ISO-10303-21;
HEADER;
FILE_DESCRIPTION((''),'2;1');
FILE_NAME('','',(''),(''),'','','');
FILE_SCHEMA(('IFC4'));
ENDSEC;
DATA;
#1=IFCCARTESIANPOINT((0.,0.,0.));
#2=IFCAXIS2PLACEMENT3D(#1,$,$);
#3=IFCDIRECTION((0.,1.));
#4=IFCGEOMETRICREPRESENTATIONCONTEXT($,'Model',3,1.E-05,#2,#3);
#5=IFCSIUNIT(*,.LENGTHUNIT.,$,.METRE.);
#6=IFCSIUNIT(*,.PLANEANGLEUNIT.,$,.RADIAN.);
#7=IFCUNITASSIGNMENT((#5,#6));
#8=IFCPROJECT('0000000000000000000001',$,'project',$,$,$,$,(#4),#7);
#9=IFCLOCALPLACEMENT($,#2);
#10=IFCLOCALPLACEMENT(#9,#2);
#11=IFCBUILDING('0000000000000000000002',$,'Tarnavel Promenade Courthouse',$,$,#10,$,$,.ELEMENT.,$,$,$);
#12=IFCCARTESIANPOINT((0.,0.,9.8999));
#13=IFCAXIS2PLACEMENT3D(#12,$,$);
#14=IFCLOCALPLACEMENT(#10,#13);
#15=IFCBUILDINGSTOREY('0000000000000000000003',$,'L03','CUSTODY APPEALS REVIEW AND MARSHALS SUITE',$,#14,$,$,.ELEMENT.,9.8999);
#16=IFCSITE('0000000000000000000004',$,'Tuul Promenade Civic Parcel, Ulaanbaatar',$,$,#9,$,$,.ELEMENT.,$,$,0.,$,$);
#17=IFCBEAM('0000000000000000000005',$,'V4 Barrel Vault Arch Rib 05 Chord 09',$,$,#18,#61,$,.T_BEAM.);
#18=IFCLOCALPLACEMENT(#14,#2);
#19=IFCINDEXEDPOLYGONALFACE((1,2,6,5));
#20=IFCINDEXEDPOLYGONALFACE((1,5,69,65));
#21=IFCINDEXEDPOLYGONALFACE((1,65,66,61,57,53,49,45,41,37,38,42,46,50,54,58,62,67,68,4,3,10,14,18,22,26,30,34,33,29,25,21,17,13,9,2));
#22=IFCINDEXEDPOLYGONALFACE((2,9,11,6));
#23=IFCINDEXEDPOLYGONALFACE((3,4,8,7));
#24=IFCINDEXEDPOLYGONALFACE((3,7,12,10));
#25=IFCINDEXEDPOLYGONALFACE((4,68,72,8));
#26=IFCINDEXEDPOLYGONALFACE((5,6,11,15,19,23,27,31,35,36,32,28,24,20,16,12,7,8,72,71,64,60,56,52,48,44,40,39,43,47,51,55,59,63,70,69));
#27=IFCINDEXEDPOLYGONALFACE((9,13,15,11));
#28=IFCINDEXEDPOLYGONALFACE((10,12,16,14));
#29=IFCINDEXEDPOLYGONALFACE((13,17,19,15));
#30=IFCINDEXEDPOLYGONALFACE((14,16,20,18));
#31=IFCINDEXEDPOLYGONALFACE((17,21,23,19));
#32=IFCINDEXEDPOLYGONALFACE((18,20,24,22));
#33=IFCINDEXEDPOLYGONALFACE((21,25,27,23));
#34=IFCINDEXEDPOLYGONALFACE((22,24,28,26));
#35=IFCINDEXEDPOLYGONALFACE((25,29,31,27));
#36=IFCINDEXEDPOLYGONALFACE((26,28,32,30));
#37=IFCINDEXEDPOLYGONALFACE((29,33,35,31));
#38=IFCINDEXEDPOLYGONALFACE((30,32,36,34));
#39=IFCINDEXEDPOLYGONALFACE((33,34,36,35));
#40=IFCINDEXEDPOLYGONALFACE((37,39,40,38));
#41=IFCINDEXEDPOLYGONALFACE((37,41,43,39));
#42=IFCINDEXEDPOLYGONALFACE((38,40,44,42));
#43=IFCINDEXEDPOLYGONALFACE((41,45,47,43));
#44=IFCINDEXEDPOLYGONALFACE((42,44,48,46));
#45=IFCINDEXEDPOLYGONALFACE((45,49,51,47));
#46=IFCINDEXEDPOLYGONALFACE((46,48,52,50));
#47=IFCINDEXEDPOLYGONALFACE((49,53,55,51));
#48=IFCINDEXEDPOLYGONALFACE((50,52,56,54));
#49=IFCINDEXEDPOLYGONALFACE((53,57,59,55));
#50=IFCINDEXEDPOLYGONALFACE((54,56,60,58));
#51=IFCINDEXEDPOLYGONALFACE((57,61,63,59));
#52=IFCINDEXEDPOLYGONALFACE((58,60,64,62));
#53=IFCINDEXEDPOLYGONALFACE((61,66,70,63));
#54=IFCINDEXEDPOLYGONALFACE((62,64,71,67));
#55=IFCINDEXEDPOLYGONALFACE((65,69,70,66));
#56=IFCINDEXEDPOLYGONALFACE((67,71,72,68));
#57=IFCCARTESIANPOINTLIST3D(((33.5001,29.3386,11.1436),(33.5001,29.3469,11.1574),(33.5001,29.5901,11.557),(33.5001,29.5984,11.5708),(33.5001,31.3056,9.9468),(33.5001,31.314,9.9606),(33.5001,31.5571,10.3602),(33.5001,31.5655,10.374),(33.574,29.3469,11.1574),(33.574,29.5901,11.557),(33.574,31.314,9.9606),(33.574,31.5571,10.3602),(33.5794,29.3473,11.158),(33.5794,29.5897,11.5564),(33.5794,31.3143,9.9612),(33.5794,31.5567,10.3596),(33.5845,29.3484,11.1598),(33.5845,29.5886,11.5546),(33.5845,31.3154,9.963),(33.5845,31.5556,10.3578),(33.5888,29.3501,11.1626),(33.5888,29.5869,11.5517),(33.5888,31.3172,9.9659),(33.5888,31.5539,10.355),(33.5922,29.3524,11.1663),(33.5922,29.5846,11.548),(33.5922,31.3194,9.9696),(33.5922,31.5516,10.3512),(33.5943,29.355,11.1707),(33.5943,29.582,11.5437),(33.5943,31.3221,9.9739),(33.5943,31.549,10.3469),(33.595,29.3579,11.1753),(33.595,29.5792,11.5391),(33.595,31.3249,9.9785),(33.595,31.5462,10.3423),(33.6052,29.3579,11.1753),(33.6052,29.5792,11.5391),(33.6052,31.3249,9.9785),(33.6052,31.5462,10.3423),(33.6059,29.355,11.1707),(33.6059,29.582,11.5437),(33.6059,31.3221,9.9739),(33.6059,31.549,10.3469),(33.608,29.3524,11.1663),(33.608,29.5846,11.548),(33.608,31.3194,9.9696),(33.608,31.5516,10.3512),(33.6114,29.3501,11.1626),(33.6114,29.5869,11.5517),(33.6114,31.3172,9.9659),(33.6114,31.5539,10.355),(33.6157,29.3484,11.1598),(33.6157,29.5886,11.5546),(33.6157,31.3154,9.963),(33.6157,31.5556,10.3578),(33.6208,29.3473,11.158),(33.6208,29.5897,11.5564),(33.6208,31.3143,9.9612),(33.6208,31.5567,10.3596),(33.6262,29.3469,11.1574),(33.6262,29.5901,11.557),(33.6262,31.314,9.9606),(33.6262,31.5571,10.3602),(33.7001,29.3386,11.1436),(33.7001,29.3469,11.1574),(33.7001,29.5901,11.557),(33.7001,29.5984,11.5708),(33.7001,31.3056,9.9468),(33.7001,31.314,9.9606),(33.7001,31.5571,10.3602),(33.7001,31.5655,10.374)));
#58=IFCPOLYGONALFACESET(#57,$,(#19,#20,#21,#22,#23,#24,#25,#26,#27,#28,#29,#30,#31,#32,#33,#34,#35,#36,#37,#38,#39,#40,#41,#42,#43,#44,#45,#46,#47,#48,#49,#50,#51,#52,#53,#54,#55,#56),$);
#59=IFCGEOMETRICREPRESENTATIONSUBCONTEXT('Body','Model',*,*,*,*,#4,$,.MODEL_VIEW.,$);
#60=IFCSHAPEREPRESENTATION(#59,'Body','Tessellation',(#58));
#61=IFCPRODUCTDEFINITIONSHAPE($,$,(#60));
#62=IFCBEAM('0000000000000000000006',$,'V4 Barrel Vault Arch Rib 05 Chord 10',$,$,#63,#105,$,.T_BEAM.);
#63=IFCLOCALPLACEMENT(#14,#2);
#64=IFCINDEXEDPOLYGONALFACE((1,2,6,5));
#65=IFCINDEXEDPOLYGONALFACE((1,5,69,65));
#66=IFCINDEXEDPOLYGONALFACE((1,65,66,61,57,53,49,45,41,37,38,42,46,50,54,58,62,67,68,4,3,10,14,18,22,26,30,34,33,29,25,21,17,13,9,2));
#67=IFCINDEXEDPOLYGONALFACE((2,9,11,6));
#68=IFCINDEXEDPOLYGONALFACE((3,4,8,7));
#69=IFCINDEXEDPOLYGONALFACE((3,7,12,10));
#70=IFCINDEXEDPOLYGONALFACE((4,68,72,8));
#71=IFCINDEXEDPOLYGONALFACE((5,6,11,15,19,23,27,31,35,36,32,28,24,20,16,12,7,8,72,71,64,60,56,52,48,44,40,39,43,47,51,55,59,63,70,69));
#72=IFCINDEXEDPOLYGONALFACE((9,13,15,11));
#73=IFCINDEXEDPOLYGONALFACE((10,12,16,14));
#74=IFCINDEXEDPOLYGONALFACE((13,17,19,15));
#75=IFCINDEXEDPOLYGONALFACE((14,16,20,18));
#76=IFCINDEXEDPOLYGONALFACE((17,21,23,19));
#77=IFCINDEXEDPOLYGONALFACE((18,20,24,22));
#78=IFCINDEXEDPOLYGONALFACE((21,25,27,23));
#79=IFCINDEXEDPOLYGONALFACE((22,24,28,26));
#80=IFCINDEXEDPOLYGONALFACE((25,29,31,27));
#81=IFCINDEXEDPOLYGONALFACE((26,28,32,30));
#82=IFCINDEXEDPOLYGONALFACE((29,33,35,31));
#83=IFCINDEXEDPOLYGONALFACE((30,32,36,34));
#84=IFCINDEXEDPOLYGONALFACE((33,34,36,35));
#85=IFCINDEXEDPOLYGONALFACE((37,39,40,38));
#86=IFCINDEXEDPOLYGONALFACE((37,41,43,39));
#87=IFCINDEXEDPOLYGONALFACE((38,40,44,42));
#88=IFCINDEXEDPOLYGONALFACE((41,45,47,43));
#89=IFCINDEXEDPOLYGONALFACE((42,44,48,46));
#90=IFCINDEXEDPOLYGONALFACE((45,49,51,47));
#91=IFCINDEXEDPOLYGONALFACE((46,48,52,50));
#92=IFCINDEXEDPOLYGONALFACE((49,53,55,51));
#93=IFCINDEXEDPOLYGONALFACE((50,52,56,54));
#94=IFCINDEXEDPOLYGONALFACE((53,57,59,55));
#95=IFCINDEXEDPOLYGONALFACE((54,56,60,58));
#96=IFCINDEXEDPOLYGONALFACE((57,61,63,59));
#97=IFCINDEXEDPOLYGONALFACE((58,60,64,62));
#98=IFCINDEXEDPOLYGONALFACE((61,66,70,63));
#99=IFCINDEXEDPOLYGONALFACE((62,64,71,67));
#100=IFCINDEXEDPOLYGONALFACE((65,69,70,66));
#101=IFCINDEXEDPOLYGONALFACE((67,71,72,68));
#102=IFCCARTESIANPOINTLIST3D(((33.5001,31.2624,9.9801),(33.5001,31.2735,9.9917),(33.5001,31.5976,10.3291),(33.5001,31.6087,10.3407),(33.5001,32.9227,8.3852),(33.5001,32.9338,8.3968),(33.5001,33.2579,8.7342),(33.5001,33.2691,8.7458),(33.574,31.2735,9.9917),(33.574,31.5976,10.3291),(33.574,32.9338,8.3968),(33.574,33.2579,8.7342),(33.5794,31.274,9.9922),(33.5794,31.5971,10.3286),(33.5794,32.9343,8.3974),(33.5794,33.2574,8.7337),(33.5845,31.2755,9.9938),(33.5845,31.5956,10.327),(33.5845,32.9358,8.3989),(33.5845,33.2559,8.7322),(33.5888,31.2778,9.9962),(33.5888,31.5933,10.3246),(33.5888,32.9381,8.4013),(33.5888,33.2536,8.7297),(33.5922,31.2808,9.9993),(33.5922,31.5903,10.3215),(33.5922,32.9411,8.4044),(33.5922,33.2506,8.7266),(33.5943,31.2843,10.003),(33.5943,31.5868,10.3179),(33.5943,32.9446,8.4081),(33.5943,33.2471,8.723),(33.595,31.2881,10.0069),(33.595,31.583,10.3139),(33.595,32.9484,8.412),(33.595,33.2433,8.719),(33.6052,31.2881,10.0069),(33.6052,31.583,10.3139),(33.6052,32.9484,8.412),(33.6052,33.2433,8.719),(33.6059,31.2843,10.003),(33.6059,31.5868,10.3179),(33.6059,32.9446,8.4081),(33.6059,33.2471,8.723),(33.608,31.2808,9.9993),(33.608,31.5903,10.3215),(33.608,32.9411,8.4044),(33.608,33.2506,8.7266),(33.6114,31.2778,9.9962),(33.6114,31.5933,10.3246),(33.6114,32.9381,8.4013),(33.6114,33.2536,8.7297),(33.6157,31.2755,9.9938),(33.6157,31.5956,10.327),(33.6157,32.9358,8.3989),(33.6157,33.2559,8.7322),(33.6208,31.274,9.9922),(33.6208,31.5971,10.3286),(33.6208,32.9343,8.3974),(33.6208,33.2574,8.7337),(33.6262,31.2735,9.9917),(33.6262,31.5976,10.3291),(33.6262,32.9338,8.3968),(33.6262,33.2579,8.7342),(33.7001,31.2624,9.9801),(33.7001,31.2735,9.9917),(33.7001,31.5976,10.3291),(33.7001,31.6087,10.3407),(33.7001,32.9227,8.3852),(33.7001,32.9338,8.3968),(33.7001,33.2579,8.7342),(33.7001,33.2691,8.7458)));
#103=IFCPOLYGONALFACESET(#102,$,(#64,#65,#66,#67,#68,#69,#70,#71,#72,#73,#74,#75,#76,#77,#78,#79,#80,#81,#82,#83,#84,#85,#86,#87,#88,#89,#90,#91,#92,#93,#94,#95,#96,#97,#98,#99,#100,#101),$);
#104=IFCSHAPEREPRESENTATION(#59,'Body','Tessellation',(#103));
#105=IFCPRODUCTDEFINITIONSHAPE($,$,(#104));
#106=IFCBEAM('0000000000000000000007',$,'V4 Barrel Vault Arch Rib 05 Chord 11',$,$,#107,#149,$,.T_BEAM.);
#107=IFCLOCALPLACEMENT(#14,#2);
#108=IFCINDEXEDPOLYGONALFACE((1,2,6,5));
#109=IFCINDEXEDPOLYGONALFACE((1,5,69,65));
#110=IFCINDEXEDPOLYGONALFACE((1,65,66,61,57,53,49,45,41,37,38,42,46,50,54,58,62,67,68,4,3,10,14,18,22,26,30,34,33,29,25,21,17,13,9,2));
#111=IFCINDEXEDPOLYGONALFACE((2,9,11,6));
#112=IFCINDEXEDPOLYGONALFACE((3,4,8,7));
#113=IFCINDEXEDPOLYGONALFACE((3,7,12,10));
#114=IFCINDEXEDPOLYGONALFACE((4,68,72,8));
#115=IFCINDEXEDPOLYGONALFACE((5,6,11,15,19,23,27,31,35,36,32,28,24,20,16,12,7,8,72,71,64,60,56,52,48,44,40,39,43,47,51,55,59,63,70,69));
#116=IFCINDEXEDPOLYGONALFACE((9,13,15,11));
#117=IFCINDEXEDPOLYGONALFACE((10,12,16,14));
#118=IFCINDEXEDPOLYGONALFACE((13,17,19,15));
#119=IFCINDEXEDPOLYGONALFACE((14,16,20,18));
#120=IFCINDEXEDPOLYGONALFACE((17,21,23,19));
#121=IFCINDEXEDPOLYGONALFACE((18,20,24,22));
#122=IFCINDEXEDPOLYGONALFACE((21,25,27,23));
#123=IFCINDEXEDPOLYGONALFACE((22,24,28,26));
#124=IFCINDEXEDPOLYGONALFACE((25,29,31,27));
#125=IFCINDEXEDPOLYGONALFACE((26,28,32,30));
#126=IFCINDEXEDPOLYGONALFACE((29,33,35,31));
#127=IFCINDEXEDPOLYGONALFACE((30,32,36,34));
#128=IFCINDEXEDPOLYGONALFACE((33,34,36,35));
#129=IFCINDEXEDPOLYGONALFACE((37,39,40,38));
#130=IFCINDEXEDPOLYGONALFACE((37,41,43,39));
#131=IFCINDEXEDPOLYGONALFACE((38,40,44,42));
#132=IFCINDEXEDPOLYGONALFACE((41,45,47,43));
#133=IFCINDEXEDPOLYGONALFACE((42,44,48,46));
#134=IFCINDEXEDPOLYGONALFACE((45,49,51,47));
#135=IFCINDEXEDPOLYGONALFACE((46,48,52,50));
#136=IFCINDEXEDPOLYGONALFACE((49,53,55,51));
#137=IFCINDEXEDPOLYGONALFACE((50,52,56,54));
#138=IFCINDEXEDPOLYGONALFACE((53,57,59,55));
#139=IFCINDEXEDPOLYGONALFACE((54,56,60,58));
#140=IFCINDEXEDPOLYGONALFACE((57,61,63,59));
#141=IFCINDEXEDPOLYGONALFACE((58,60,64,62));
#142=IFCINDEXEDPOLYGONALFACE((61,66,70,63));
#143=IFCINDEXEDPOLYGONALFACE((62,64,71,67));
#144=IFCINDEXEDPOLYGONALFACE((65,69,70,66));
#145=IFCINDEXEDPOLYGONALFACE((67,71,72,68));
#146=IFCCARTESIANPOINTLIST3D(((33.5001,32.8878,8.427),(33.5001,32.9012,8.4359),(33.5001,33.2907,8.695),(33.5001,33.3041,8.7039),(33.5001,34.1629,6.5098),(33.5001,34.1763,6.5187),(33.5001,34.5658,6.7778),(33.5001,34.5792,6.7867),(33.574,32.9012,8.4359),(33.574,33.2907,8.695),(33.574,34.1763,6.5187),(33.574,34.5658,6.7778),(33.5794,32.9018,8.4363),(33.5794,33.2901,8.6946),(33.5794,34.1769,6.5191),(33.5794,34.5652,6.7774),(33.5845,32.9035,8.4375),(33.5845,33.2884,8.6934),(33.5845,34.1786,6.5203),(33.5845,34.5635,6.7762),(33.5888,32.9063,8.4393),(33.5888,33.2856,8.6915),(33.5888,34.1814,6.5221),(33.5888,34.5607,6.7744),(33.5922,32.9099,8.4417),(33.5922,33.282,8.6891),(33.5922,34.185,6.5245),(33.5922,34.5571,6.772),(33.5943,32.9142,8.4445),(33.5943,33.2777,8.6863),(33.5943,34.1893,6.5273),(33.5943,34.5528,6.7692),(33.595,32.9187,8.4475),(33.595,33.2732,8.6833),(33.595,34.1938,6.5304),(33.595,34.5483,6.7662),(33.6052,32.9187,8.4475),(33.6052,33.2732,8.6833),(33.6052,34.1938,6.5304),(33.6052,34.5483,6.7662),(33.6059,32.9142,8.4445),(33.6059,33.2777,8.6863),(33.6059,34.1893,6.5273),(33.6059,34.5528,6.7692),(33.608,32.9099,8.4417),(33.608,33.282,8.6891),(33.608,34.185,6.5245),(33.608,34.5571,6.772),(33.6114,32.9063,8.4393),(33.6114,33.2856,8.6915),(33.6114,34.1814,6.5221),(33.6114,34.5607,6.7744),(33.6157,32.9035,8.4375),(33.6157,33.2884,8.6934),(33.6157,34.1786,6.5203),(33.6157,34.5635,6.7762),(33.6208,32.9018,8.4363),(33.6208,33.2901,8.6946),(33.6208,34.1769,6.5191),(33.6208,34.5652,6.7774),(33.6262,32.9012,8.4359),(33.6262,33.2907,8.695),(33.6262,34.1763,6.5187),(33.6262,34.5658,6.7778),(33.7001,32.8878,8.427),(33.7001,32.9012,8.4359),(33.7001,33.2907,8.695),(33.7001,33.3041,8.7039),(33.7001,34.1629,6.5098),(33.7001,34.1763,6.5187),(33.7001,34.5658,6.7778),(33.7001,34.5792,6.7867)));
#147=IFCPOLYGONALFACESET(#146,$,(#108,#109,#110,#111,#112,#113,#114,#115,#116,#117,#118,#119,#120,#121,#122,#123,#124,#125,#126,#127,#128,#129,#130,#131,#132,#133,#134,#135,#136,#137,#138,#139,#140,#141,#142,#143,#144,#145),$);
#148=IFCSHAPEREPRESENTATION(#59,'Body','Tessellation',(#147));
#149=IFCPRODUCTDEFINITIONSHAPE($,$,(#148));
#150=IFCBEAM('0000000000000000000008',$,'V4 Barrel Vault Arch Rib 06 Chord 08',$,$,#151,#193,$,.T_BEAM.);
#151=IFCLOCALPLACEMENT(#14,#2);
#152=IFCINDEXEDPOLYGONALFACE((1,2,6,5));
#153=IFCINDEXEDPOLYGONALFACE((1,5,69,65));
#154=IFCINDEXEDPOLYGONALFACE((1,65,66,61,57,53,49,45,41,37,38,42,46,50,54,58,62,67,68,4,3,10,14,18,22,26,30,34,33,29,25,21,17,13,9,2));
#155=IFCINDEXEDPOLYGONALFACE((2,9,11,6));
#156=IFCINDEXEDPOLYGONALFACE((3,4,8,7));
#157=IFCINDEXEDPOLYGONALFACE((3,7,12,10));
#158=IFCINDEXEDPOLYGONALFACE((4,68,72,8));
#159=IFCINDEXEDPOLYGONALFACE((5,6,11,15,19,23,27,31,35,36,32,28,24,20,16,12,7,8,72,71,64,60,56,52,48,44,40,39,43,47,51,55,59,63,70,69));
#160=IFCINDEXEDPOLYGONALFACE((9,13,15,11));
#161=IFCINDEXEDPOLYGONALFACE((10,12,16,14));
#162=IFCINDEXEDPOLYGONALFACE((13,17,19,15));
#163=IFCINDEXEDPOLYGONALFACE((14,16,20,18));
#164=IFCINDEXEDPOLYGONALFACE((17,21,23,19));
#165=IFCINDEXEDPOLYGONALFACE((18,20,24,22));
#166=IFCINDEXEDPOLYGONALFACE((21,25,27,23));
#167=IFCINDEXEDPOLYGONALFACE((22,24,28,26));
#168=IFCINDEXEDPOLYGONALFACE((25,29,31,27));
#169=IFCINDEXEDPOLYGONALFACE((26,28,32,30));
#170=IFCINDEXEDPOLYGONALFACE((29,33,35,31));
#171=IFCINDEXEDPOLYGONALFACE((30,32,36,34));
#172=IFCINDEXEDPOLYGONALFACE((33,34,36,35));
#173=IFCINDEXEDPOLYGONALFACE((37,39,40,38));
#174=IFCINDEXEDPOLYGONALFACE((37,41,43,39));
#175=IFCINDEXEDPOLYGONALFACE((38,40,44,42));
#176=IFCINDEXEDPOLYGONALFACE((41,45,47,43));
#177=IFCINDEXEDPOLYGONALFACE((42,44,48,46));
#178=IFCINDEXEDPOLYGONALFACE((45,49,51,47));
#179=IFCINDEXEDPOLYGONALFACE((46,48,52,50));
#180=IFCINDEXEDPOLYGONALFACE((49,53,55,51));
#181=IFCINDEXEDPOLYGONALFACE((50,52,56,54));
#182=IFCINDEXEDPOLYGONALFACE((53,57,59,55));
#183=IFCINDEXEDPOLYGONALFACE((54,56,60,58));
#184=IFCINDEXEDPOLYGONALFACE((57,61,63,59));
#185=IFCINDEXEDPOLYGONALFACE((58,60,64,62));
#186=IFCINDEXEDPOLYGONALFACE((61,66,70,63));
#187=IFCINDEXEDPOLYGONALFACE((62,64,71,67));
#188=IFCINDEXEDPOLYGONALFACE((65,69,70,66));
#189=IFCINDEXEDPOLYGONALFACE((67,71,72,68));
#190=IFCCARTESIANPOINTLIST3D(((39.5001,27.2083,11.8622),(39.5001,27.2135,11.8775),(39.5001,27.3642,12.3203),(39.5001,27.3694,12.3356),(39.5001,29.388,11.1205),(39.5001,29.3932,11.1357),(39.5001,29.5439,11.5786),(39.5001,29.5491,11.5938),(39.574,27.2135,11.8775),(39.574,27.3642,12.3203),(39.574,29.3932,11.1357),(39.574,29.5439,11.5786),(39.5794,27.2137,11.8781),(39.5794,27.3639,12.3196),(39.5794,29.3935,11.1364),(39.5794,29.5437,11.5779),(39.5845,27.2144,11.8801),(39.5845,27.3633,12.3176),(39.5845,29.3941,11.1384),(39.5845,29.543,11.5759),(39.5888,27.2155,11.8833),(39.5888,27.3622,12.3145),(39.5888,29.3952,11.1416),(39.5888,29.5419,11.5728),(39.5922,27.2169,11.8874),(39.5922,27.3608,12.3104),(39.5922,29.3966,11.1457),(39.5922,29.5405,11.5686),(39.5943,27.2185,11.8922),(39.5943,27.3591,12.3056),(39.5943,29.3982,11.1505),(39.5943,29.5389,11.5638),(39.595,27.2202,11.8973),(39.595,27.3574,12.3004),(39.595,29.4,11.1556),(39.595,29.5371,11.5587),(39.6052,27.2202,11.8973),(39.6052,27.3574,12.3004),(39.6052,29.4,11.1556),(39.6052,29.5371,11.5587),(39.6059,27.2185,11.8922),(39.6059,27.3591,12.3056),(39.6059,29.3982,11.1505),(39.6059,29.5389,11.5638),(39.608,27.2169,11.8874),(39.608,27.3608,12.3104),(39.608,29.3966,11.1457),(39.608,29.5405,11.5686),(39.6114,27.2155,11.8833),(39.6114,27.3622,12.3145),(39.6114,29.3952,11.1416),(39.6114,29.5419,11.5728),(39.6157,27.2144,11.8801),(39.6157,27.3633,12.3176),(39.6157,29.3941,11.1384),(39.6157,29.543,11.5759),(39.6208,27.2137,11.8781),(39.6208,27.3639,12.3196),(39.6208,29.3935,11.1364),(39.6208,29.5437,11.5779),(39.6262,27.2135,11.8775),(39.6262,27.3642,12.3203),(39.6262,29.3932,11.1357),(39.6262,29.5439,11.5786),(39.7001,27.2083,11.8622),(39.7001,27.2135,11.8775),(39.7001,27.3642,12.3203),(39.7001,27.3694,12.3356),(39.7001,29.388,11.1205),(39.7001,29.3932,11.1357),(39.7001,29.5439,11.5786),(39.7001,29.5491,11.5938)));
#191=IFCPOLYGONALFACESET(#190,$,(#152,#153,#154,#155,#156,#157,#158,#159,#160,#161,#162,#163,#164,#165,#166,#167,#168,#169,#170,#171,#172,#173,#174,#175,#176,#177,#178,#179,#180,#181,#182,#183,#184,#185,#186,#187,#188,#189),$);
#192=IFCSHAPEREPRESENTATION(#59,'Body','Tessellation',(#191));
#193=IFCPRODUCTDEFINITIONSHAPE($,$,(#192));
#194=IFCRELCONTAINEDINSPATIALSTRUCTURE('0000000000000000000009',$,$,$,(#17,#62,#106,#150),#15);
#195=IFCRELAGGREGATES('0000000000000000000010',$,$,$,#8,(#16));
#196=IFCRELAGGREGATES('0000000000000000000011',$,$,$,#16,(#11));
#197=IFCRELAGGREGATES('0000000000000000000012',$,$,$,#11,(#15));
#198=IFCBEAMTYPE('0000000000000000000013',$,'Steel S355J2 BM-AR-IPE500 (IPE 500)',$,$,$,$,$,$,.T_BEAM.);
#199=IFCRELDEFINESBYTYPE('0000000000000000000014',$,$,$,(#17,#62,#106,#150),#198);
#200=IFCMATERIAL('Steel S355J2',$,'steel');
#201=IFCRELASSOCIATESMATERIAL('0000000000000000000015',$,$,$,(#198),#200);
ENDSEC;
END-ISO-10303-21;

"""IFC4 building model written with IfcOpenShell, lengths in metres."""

from ifc_helpers import new_model, si_unit, direction, frame, origin, origin_2d, place, context, subcontext, project, spatial, i_section, extrude, material, material_profile, profile_set, type_object, element, save


model = new_model("IFC4")

# Units and contexts
model_context = context("Model", 3, precision=1e-05, world=origin(), true_north=direction((0.0, 1.0)))
body_context = subcontext(model_context, "Body", "Model", "MODEL_VIEW")
ifc_project = project(units=[si_unit("LENGTHUNIT", "METRE"), si_unit("PLANEANGLEUNIT", "RADIAN")], contexts=[model_context])

# Site, building, storey
site_placement = place(None, origin())
site = spatial("IfcSite", under=ifc_project, at=site_placement, Name="Tuul Promenade Civic Parcel, Ulaanbaatar", CompositionType="ELEMENT", RefElevation=0.0)
building_placement = place(site_placement, origin())
building = spatial("IfcBuilding", under=site, at=building_placement, Name="Tarnavel Promenade Courthouse", CompositionType="ELEMENT")
storey_placement = place(building_placement, frame((0.0, 0.0, 9.8999)))
storey = spatial("IfcBuildingStorey", under=building, at=storey_placement, Name="L03", Description="CUSTODY APPEALS REVIEW AND MARSHALS SUITE", CompositionType="ELEMENT", Elevation=9.8999)

# Beams
ifc_material_1 = material(Name="Steel S355J2", Category="steel")
ifc_material_profile_1 = material_profile(ifc_material_1, i_section(OverallWidth=0.2, OverallDepth=0.5, WebThickness=0.0103, FlangeThickness=0.0161, FilletRadius=0.021, at=origin_2d()), Name="IPE 500")
ifc_profile_set_1 = profile_set([ifc_material_profile_1], Name="Steel S355J2")
beam_type = type_object("IfcBeamType", Name="Steel S355J2 BM-AR-IPE500 (IPE 500)", PredefinedType="T_BEAM", material=ifc_profile_set_1)
beam_1_placement = place(storey_placement, frame((33.6001, 29.4685, 11.3572), z_axis=(0.0, 0.854305, -0.519772), x_axis=(-1.0, 0.0, 0.0)))
element("IfcBeam", 1, at=beam_1_placement, inside=storey, type_object=beam_type, Name="V4 Barrel Vault Arch Rib 05 Chord 09", PredefinedType="T_BEAM", context=body_context, shape_type="SweptSolid", body=[
    extrude(i_section(OverallWidth=0.2, OverallDepth=0.5, WebThickness=0.0103, FlangeThickness=0.0161, FilletRadius=0.021, at=origin_2d()), origin(), (0.0, 0.0, 1.0), 2.3025),
])
beam_2_placement = place(storey_placement, frame((33.6001, 31.4355, 10.1604), z_axis=(0.0, 0.721173, -0.692755), x_axis=(-1.0, 0.0, 0.0)))
element("IfcBeam", 2, at=beam_2_placement, inside=storey, type_object=beam_type, Name="V4 Barrel Vault Arch Rib 05 Chord 10", PredefinedType="T_BEAM", context=body_context, shape_type="SweptSolid", body=[
    extrude(i_section(OverallWidth=0.2, OverallDepth=0.5, WebThickness=0.0103, FlangeThickness=0.0161, FilletRadius=0.021, at=origin_2d()), origin(), (0.0, 0.0, 1.0), 2.3022),
])
for number, where, z_axis, x_axis, name in (
    (3, (33.6001, 33.0959, 8.5654), (0.0, 0.553795, -0.832653), (-1.0, 0.0, 0.0), "V4 Barrel Vault Arch Rib 05 Chord 11"),
    (4, (39.6001, 27.2888, 12.0989), (0.0, 0.946693, -0.322138), (-1.0, 0.0, 0.0), "V4 Barrel Vault Arch Rib 06 Chord 08"),
):
    element("IfcBeam", number, at=place(storey_placement, frame(where, z_axis=z_axis, x_axis=x_axis)), inside=storey, type_object=beam_type, Name=name, PredefinedType="T_BEAM", context=body_context, shape_type="SweptSolid", body=[
        extrude(i_section(OverallWidth=0.2, OverallDepth=0.5, WebThickness=0.0103, FlangeThickness=0.0161, FilletRadius=0.021, at=origin_2d()), origin(), (0.0, 0.0, 1.0), 2.3025),
    ])

save(model, "model.ifc")
